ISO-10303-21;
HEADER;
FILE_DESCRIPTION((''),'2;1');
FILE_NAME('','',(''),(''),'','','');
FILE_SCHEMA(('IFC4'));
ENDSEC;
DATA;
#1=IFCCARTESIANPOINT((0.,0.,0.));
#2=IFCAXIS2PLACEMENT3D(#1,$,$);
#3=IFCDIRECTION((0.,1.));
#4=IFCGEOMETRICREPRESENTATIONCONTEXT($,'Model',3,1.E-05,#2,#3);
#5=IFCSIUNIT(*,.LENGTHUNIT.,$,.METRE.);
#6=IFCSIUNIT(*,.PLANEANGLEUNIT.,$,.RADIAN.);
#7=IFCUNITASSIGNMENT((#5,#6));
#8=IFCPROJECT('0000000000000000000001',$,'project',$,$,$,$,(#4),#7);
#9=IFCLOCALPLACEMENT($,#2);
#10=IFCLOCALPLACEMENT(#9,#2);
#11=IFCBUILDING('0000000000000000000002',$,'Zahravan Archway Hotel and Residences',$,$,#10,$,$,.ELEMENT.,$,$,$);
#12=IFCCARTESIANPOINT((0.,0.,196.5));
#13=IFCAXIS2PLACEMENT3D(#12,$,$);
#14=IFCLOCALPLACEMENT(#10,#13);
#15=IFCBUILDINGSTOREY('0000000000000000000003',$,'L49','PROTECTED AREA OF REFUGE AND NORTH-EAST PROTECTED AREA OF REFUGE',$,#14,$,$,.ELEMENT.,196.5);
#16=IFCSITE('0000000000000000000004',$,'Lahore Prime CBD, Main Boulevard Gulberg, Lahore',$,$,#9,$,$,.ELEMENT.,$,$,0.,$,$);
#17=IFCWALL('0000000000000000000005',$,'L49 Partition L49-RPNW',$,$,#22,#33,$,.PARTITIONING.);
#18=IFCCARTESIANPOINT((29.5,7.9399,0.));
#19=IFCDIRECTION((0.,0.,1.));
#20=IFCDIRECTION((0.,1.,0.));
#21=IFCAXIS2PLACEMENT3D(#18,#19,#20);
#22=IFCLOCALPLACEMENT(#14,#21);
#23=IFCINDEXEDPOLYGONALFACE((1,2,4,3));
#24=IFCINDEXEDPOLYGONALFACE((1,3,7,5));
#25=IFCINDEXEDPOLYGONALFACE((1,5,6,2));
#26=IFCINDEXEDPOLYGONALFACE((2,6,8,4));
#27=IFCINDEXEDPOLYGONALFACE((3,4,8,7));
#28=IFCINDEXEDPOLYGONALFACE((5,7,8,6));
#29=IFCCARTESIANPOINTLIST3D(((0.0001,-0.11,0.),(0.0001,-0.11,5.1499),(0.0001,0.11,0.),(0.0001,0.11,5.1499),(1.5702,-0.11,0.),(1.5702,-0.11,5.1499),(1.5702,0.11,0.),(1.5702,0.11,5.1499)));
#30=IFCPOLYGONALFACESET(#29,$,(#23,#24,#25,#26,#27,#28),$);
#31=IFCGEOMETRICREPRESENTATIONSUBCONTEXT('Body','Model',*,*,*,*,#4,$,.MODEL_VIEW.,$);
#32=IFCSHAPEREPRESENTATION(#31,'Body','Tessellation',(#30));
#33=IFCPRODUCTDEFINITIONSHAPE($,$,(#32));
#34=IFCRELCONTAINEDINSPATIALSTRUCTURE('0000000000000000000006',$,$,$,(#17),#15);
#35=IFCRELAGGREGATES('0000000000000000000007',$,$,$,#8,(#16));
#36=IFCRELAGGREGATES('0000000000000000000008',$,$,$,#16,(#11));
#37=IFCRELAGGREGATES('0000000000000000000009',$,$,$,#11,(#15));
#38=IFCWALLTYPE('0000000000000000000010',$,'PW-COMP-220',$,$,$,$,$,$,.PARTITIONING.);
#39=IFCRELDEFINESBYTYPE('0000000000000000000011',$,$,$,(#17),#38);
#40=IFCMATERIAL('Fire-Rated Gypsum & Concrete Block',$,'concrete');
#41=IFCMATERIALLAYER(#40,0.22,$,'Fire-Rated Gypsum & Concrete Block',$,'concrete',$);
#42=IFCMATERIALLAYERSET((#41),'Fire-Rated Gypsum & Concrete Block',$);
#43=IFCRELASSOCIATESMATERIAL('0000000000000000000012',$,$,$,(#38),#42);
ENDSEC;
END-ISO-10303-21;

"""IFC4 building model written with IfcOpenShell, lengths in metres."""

from ifc_helpers import new_model, si_unit, direction, frame, frame_2d, origin, place, context, subcontext, project, spatial, rectangle, extrude, material, layer, layer_set, type_object, element, save


model = new_model("IFC4")

# Units and contexts
model_context = context("Model", 3, precision=1e-05, world=origin(), true_north=direction((0.0, 1.0)))
body_context = subcontext(model_context, "Body", "Model", "MODEL_VIEW")
ifc_project = project(units=[si_unit("LENGTHUNIT", "METRE"), si_unit("PLANEANGLEUNIT", "RADIAN")], contexts=[model_context])

# Site, building, storey
site_placement = place(None, origin())
site = spatial("IfcSite", under=ifc_project, at=site_placement, Name="Lahore Prime CBD, Main Boulevard Gulberg, Lahore", CompositionType="ELEMENT", RefElevation=0.0)
building_placement = place(site_placement, origin())
building = spatial("IfcBuilding", under=site, at=building_placement, Name="Zahravan Archway Hotel and Residences", CompositionType="ELEMENT")
storey_placement = place(building_placement, frame((0.0, 0.0, 196.5)))
storey = spatial("IfcBuildingStorey", under=building, at=storey_placement, Name="L49", Description="PROTECTED AREA OF REFUGE AND NORTH-EAST PROTECTED AREA OF REFUGE", CompositionType="ELEMENT", Elevation=196.5)

# Wall
ifc_material_1 = material(Name="Fire-Rated Gypsum & Concrete Block", Category="concrete")
ifc_layer_1 = layer(ifc_material_1, 0.22, Name="Fire-Rated Gypsum & Concrete Block", Category="concrete")
ifc_layer_set_1 = layer_set([ifc_layer_1], Name="Fire-Rated Gypsum & Concrete Block")
wall_type_1 = type_object("IfcWallType", Name="PW-COMP-220", PredefinedType="PARTITIONING", material=ifc_layer_set_1)
wall_1_placement = place(storey_placement, frame((29.5, 7.9399, 0.0), z_axis=(0.0, 0.0, 1.0), x_axis=(0.0, 1.0, 0.0)))
element("IfcWall", 1, at=wall_1_placement, inside=storey, type_object=wall_type_1, Name="L49 Partition L49-RPNW", PredefinedType="PARTITIONING", context=body_context, shape_type="SweptSolid", body=[
    extrude(rectangle(XDim=1.5701, YDim=0.22, at=frame_2d((0.7852, 0.0))), origin(), (0.0, 0.0, 1.0), 5.1499),
])

save(model, "model.ifc")
